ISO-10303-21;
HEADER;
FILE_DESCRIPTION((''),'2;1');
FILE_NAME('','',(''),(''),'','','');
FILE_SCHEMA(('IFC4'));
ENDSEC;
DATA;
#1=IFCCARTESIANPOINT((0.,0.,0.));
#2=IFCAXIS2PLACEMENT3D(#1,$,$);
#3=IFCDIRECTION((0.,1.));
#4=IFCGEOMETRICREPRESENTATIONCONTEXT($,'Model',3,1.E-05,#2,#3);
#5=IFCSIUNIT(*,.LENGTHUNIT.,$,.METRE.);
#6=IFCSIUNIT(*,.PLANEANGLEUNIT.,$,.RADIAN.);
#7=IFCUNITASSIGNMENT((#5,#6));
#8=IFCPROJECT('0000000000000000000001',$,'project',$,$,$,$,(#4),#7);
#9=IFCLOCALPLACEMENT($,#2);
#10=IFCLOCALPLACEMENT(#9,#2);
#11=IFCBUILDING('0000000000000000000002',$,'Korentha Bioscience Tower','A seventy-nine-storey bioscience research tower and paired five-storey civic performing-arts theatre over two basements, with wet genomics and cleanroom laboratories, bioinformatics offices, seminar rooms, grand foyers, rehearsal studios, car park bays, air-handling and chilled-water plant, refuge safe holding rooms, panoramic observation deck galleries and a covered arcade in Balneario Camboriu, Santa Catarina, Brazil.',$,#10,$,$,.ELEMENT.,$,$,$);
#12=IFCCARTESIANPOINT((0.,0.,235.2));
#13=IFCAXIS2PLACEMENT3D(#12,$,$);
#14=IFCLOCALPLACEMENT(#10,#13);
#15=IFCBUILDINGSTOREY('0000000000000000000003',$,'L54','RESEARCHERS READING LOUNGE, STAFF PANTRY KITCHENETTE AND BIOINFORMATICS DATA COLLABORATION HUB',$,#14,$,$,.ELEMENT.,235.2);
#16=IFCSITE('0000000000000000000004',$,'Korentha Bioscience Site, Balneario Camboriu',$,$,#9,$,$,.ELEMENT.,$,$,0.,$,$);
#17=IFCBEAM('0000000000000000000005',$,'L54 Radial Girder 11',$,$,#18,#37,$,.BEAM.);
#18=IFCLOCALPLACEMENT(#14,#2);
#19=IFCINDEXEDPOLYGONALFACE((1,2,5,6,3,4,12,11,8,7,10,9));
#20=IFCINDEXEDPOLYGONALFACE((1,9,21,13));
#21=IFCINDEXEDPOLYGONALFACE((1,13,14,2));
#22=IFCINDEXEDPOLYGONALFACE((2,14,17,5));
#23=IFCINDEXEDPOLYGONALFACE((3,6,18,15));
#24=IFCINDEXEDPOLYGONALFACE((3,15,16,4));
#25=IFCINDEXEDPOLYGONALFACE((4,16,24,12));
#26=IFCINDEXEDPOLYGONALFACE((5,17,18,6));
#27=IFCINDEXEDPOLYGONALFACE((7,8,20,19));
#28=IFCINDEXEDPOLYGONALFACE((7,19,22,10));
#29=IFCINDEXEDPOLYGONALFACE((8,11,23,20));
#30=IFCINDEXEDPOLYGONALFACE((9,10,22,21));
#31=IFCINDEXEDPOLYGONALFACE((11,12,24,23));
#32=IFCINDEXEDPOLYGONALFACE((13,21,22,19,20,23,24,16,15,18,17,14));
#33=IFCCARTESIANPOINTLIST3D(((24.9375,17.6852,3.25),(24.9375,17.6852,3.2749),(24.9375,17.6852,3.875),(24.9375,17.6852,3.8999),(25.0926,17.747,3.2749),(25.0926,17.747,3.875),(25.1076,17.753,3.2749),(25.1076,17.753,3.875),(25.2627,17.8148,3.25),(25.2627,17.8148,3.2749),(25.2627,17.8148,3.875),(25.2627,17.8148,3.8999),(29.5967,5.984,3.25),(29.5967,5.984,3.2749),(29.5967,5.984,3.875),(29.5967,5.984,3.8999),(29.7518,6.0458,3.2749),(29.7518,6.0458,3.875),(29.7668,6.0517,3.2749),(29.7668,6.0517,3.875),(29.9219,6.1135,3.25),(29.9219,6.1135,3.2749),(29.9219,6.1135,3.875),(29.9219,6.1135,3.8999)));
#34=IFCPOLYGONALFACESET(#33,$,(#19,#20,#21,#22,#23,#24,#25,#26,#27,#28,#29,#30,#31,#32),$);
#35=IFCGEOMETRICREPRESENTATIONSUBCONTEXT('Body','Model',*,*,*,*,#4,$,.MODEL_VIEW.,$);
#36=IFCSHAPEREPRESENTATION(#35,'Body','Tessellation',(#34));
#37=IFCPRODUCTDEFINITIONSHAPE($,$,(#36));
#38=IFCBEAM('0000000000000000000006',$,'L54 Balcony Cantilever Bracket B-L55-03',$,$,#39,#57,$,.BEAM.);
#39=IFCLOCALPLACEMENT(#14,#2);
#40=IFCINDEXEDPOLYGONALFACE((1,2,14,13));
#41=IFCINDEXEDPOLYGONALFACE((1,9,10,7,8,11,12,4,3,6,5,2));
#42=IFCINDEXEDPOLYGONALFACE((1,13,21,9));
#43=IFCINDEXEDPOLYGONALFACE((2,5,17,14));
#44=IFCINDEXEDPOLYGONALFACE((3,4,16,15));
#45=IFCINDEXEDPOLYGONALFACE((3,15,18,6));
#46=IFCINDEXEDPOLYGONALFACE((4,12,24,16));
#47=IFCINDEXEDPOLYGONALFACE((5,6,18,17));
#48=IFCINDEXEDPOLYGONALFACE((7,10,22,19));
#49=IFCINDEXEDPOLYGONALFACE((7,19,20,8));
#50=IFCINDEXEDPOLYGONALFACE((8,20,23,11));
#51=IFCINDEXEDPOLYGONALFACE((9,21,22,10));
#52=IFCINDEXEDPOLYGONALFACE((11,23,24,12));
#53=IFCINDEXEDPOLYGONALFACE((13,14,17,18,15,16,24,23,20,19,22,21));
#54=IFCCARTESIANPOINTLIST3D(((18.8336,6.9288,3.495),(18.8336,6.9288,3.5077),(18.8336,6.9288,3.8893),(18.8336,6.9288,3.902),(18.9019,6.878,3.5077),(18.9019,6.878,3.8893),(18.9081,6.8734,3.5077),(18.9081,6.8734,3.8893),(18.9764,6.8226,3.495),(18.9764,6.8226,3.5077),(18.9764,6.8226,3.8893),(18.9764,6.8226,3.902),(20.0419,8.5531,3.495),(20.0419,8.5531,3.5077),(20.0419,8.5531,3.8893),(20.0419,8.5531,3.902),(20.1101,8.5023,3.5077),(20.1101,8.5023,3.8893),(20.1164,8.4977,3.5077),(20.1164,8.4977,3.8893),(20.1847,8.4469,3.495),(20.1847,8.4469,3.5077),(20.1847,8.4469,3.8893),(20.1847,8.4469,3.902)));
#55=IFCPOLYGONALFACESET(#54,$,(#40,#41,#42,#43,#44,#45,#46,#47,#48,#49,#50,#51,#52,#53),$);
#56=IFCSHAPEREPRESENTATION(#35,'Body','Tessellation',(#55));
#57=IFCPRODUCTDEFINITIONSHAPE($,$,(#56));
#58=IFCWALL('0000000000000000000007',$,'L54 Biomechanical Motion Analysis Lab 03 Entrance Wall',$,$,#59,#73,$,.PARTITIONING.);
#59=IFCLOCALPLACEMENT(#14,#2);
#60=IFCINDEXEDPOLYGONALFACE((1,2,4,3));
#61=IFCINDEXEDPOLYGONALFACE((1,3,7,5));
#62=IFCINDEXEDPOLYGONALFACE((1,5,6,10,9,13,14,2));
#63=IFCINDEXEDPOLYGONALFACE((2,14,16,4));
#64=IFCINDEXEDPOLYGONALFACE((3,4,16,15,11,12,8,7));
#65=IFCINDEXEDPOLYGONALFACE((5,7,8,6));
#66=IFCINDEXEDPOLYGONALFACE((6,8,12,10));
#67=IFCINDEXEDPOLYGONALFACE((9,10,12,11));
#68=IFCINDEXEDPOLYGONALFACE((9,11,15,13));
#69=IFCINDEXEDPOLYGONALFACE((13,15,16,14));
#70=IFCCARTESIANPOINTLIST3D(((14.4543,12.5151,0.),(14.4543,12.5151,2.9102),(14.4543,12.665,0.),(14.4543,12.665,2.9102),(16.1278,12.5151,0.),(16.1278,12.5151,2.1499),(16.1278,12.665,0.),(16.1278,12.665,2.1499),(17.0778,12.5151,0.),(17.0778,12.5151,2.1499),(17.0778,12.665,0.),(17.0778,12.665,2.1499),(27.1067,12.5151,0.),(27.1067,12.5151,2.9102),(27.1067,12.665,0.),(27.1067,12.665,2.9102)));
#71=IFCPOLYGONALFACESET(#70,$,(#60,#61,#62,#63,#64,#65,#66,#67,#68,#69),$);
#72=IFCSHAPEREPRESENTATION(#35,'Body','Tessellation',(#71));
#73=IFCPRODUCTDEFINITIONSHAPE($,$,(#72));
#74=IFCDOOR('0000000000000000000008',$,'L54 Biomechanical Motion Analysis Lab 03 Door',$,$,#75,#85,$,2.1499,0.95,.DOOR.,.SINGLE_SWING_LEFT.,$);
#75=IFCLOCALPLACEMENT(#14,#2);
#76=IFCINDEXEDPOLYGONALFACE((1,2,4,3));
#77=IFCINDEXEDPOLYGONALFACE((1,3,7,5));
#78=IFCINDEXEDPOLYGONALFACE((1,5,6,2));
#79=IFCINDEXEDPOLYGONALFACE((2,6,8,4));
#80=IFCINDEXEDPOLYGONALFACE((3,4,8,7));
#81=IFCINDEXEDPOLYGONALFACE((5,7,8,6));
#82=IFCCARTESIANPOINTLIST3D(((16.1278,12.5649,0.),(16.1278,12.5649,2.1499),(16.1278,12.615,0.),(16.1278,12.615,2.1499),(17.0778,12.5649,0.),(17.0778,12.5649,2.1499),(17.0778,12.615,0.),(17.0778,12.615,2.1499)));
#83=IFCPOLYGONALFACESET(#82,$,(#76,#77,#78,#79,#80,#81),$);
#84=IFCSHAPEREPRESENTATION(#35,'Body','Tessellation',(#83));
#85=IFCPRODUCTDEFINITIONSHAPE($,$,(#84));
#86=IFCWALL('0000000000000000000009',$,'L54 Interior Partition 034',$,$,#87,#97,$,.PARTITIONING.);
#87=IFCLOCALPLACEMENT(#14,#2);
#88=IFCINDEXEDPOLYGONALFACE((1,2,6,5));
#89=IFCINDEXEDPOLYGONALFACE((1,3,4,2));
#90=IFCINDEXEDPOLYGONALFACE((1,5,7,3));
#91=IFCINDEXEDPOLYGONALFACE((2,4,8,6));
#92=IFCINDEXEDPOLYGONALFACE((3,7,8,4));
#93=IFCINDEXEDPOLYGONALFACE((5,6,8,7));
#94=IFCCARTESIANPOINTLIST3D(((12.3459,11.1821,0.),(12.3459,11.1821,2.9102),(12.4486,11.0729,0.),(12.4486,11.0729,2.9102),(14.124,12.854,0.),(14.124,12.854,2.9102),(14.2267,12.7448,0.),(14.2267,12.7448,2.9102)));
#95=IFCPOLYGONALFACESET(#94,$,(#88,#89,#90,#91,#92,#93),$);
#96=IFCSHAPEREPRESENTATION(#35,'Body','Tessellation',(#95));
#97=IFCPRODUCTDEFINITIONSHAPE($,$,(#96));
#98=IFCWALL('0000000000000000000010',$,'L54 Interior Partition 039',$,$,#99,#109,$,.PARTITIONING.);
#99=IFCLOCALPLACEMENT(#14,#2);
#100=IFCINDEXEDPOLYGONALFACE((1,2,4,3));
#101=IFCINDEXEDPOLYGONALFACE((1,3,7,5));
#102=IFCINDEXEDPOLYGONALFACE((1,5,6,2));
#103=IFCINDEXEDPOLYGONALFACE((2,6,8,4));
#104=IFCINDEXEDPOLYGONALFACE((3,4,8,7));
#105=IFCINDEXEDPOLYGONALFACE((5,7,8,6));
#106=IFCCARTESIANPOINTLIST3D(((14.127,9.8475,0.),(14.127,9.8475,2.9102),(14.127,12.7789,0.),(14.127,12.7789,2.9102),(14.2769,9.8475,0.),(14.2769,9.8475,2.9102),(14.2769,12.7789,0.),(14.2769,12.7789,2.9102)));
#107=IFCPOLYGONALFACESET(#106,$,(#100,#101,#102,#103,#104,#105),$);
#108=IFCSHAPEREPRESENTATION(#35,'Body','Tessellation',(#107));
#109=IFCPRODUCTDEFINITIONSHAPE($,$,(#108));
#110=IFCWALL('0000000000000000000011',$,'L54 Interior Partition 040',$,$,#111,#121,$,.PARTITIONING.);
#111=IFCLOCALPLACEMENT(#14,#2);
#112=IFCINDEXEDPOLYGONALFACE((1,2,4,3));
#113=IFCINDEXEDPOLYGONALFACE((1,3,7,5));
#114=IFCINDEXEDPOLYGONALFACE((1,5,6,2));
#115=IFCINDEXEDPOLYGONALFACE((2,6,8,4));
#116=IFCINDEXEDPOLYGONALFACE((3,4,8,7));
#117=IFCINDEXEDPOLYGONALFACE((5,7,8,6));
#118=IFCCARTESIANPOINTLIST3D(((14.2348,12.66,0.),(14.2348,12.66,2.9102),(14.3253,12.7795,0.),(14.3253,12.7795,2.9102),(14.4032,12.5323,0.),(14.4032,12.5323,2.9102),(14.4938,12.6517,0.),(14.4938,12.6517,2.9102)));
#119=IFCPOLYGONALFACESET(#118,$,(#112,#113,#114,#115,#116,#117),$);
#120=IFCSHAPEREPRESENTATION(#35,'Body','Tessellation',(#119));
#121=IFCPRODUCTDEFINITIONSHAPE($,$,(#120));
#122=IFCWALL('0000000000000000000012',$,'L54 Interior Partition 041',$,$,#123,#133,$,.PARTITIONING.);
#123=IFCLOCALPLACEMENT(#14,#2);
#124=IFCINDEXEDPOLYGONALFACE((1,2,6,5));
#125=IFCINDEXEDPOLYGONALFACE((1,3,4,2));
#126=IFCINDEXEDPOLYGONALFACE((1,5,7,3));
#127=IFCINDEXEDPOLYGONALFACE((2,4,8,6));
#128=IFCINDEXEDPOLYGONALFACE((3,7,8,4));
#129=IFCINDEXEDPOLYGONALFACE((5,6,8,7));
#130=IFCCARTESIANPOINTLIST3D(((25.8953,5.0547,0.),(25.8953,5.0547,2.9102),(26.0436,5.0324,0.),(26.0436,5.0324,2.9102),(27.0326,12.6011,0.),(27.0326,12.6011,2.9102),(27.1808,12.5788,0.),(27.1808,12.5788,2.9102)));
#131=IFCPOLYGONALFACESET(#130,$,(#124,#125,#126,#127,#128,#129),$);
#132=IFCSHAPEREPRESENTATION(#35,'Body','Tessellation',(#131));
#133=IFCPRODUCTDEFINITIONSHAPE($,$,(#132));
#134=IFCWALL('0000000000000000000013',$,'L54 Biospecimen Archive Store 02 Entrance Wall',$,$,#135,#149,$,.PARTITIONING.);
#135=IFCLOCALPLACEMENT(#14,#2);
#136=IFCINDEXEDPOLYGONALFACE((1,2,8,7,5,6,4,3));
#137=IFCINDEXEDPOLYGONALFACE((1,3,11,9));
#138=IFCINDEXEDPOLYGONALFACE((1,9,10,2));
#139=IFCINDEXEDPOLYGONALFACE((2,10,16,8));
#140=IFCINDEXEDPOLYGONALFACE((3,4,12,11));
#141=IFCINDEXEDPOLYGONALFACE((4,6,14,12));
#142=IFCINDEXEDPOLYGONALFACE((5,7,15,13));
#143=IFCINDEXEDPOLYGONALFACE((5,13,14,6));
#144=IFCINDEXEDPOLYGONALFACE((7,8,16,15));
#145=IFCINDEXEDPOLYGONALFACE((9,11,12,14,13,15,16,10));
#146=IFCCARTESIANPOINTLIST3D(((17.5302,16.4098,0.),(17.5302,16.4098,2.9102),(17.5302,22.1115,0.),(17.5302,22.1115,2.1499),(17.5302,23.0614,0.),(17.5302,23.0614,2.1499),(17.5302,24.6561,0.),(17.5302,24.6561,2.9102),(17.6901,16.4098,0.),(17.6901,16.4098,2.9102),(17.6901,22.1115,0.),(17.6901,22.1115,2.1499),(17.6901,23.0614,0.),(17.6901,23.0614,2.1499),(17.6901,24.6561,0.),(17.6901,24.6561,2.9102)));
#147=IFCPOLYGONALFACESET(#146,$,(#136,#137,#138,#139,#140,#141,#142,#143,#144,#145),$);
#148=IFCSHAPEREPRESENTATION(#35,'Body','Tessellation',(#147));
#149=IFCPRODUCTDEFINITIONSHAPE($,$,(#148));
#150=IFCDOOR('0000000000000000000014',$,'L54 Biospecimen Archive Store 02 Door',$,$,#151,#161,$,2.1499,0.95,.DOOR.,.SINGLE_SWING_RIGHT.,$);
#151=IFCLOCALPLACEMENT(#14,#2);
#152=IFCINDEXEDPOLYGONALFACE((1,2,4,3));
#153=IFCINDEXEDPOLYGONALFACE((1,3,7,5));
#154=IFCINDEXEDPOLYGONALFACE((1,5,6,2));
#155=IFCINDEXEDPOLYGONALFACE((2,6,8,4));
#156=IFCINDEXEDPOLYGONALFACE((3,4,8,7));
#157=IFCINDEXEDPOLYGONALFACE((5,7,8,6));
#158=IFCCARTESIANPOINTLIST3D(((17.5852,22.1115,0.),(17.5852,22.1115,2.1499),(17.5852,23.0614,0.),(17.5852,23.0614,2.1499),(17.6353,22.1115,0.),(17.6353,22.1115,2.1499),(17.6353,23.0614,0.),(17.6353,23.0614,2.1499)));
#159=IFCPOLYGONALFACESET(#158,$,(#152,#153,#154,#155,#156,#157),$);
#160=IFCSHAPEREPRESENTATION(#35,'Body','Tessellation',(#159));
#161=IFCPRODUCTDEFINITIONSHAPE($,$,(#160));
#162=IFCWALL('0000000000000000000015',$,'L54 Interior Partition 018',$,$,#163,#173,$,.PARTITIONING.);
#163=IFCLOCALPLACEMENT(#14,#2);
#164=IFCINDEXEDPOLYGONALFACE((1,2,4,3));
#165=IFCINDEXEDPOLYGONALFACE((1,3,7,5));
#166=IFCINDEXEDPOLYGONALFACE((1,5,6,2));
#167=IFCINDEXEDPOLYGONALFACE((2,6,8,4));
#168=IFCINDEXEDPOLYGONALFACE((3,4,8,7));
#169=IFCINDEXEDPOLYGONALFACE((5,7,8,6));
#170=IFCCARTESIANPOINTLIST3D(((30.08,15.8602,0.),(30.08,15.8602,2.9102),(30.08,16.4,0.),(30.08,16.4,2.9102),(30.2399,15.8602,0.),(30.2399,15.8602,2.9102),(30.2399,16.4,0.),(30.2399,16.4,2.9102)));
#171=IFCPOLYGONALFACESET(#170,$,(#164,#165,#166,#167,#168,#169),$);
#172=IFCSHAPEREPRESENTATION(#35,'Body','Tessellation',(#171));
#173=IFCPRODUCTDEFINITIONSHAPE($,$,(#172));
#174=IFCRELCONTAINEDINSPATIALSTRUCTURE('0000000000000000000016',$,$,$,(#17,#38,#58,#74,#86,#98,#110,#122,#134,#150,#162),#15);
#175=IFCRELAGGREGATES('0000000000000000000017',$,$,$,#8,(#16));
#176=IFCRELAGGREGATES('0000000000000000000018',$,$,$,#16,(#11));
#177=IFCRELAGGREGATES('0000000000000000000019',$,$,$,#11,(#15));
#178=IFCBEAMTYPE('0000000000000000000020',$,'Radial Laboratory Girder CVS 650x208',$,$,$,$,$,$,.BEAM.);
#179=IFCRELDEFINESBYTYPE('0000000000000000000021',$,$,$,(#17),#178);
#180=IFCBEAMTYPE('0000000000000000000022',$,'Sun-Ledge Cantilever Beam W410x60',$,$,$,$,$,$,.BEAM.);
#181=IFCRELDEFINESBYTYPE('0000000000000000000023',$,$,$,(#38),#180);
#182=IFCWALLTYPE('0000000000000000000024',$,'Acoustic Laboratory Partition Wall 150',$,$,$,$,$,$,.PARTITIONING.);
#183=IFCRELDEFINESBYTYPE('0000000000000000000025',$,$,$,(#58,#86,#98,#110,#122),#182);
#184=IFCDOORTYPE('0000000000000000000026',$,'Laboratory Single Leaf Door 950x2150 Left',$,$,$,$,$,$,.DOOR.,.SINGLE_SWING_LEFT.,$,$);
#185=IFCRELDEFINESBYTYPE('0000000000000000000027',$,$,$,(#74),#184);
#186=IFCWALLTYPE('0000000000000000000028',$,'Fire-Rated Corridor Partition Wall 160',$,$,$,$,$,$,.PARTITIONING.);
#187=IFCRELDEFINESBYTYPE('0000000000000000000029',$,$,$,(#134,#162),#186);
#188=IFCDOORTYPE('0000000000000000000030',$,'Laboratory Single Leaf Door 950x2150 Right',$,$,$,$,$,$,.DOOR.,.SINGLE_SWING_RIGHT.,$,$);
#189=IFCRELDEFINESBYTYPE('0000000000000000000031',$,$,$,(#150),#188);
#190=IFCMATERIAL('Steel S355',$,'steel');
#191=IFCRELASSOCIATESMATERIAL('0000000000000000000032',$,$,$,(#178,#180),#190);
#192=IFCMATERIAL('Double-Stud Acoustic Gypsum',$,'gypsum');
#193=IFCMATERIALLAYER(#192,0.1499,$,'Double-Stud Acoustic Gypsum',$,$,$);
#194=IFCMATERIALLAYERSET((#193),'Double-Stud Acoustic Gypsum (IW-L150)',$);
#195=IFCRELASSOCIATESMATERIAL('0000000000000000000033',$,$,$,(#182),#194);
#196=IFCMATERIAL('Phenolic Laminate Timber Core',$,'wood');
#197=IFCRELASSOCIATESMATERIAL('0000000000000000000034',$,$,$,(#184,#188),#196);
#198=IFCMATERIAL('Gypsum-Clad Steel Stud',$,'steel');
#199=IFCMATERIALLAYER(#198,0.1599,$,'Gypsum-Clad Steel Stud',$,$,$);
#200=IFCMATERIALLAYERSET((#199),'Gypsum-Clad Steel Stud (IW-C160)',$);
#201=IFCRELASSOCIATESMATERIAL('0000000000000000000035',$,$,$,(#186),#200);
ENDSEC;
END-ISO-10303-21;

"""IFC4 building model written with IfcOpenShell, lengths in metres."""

from ifc_helpers import new_model, si_unit, direction, frame, frame_2d, origin, origin_2d, place, context, subcontext, project, spatial, rectangle, i_section, extrude, material, layer, layer_set, material_profile, profile_set, type_object, element, fill, save


model = new_model("IFC4")

# Units and contexts
model_context = context("Model", 3, precision=1e-05, world=origin(), true_north=direction((0.0, 1.0)))
body_context = subcontext(model_context, "Body", "Model", "MODEL_VIEW")
ifc_project = project(units=[si_unit("LENGTHUNIT", "METRE"), si_unit("PLANEANGLEUNIT", "RADIAN")], contexts=[model_context])

# Site, building, storey
site_placement = place(None, origin())
site = spatial("IfcSite", under=ifc_project, at=site_placement, Name="Korentha Bioscience Site, Balneario Camboriu", CompositionType="ELEMENT", RefElevation=0.0)
building_placement = place(site_placement, origin())
building = spatial("IfcBuilding", under=site, at=building_placement, Name="Korentha Bioscience Tower", Description="A seventy-nine-storey bioscience research tower and paired five-storey civic performing-arts theatre over two basements, with wet genomics and cleanroom laboratories, bioinformatics offices, seminar rooms, grand foyers, rehearsal studios, car park bays, air-handling and chilled-water plant, refuge safe holding rooms, panoramic observation deck galleries and a covered arcade in Balneario Camboriu, Santa Catarina, Brazil.", CompositionType="ELEMENT")
storey_placement = place(building_placement, frame((0.0, 0.0, 235.2)))
storey = spatial("IfcBuildingStorey", under=building, at=storey_placement, Name="L54", Description="RESEARCHERS READING LOUNGE, STAFF PANTRY KITCHENETTE AND BIOINFORMATICS DATA COLLABORATION HUB", CompositionType="ELEMENT", Elevation=235.2)

# Beams
ifc_material_1 = material(Name="Steel S355", Category="steel")
ifc_material_profile_1 = material_profile(ifc_material_1, i_section(OverallWidth=0.3501, OverallDepth=0.6499, WebThickness=0.0161, FlangeThickness=0.0249, at=origin_2d()), Name="Steel S355")
ifc_profile_set_1 = profile_set([ifc_material_profile_1], Name="Steel S355 (RB-650)")
beam_type_1 = type_object("IfcBeamType", Name="Radial Laboratory Girder CVS 650x208", PredefinedType="BEAM", material=ifc_profile_set_1)
beam_1_placement = place(storey_placement, frame((25.1001, 17.75, 3.575), z_axis=(0.369933, -0.929058, 0.0), x_axis=(0.929058, 0.369933, 0.0)))
element("IfcBeam", 1, at=beam_1_placement, inside=storey, type_object=beam_type_1, Name="L54 Radial Girder 11", PredefinedType="BEAM", context=body_context, shape_type="SweptSolid", body=[
    extrude(i_section(OverallWidth=0.3501, OverallDepth=0.6499, WebThickness=0.0161, FlangeThickness=0.0249, at=origin_2d()), origin(), (0.0, 0.0, 1.0), 12.5947),
])
ifc_material_profile_2 = material_profile(ifc_material_1, i_section(OverallWidth=0.178, OverallDepth=0.407, WebThickness=0.0078, FlangeThickness=0.0127, at=origin_2d()), Name="Steel S355")
ifc_profile_set_2 = profile_set([ifc_material_profile_2], Name="Steel S355 (CB-410)")
beam_type_2 = type_object("IfcBeamType", Name="Sun-Ledge Cantilever Beam W410x60", PredefinedType="BEAM", material=ifc_profile_set_2)
beam_2_placement = place(storey_placement, frame((20.1133, 8.5, 3.6985), z_axis=(-0.59685, -0.802353, 0.0), x_axis=(0.802353, -0.59685, 0.0)))
element("IfcBeam", 2, at=beam_2_placement, inside=storey, type_object=beam_type_2, Name="L54 Balcony Cantilever Bracket B-L55-03", PredefinedType="BEAM", context=body_context, shape_type="SweptSolid", body=[
    extrude(i_section(OverallWidth=0.178, OverallDepth=0.407, WebThickness=0.0078, FlangeThickness=0.0127, at=origin_2d()), origin(), (0.0, 0.0, 1.0), 2.0244),
])

# Wall, opening, door
ifc_material_2 = material(Name="Double-Stud Acoustic Gypsum", Category="gypsum")
ifc_layer_1 = layer(ifc_material_2, 0.1499, Name="Double-Stud Acoustic Gypsum")
ifc_layer_set_1 = layer_set([ifc_layer_1], Name="Double-Stud Acoustic Gypsum (IW-L150)")
wall_type_1 = type_object("IfcWallType", Name="Acoustic Laboratory Partition Wall 150", PredefinedType="PARTITIONING", material=ifc_layer_set_1)
wall_1_placement = place(storey_placement, frame((14.4543, 12.5901, 0.0), z_axis=(0.0, 0.0, 1.0), x_axis=(1.0, 0.0, 0.0)))
wall_1 = element("IfcWall", 3, at=wall_1_placement, inside=storey, type_object=wall_type_1, Name="L54 Biomechanical Motion Analysis Lab 03 Entrance Wall", PredefinedType="PARTITIONING", context=body_context, shape_type="SweptSolid", body=[
    extrude(rectangle(XDim=12.6523, YDim=0.1499, at=frame_2d((6.3262, 0.0))), origin(), (0.0, 0.0, 1.0), 2.9102),
])
opening_1_placement = place(wall_1_placement, frame((1.6733, 0.0, 0.0)))
opening_1 = element("IfcOpeningElement", 4, at=opening_1_placement, cuts=wall_1, PredefinedType="OPENING", context=body_context, shape_type="SweptSolid", body=[
    extrude(rectangle(XDim=0.95, YDim=2.1499, at=frame_2d((0.4751, 1.075))), frame((0.0, 0.0898, 0.0), z_axis=(0.0, -1.0, 0.0), x_axis=(1.0, 0.0, 0.0)), (0.0, 0.0, 1.0), 0.1797),
])
ifc_material_3 = material(Name="Phenolic Laminate Timber Core", Category="wood")
door_type_1 = type_object("IfcDoorType", Name="Laboratory Single Leaf Door 950x2150 Left", OperationType="SINGLE_SWING_LEFT", PredefinedType="DOOR", material=ifc_material_3)
door_1_placement = place(opening_1_placement, origin())
door_1 = element("IfcDoor", 5, at=door_1_placement, inside=storey, type_object=door_type_1, Name="L54 Biomechanical Motion Analysis Lab 03 Door", OperationType="SINGLE_SWING_LEFT", OverallHeight=2.1499, OverallWidth=0.95, PredefinedType="DOOR", context=body_context, shape_type="SweptSolid", body=[
    extrude(rectangle(XDim=0.95, YDim=2.1499, at=frame_2d((0.4751, 1.075))), frame((0.0, 0.0249, 0.0), z_axis=(0.0, -1.0, 0.0), x_axis=(1.0, 0.0, 0.0)), (0.0, 0.0, 1.0), 0.05),
])
fill(opening_1, door_1)
door_type_2 = type_object("IfcDoorType", Name="Laboratory Single Leaf Door 950x2150 Right", OperationType="SINGLE_SWING_RIGHT", PredefinedType="DOOR", material=ifc_material_3)

# Walls
wall_2_placement = place(storey_placement, frame((14.1753, 12.7993, 0.0), z_axis=(0.0, 0.0, 1.0), x_axis=(-0.728529, -0.685015, 0.0)))
element("IfcWall", 6, at=wall_2_placement, inside=storey, type_object=wall_type_1, Name="L54 Interior Partition 034", PredefinedType="PARTITIONING", context=body_context, shape_type="SweptSolid", body=[
    extrude(rectangle(XDim=2.4407, YDim=0.1499, at=frame_2d((1.2202, 0.0))), origin(), (0.0, 0.0, 1.0), 2.9102),
])
wall_3_placement = place(storey_placement, frame((14.2019, 9.8474, 0.0), z_axis=(0.0, 0.0, 1.0), x_axis=(0.0, 1.0, 0.0)))
element("IfcWall", 7, at=wall_3_placement, inside=storey, type_object=wall_type_1, Name="L54 Interior Partition 039", PredefinedType="PARTITIONING", context=body_context, shape_type="SweptSolid", body=[
    extrude(rectangle(XDim=2.9314, YDim=0.1499, at=frame_2d((1.4658, 0.0))), origin(), (0.0, 0.0, 1.0), 2.9102),
])
wall_4_placement = place(storey_placement, frame((14.28, 12.7197, 0.0), z_axis=(0.0, 0.0, 1.0), x_axis=(0.796941, -0.604058, 0.0)))
element("IfcWall", 8, at=wall_4_placement, inside=storey, type_object=wall_type_1, Name="L54 Interior Partition 040", PredefinedType="PARTITIONING", context=body_context, shape_type="SweptSolid", body=[
    extrude(rectangle(XDim=0.2114, YDim=0.1499, at=frame_2d((0.1057, 0.0))), origin(), (0.0, 0.0, 1.0), 2.9102),
])
wall_5_placement = place(storey_placement, frame((27.1067, 12.5901, 0.0), z_axis=(0.0, 0.0, 1.0), x_axis=(-0.149013, -0.988835, 0.0)))
element("IfcWall", 9, at=wall_5_placement, inside=storey, type_object=wall_type_1, Name="L54 Interior Partition 041", PredefinedType="PARTITIONING", context=body_context, shape_type="SweptSolid", body=[
    extrude(rectangle(XDim=7.6316, YDim=0.1499, at=frame_2d((3.8159, 0.0))), origin(), (0.0, 0.0, 1.0), 2.9102),
])

# Wall, opening, door
ifc_material_4 = material(Name="Gypsum-Clad Steel Stud", Category="steel")
ifc_layer_2 = layer(ifc_material_4, 0.1599, Name="Gypsum-Clad Steel Stud")
ifc_layer_set_2 = layer_set([ifc_layer_2], Name="Gypsum-Clad Steel Stud (IW-C160)")
wall_type_2 = type_object("IfcWallType", Name="Fire-Rated Corridor Partition Wall 160", PredefinedType="PARTITIONING", material=ifc_layer_set_2)
wall_6_placement = place(storey_placement, frame((17.6101, 16.4099, 0.0), z_axis=(0.0, 0.0, 1.0), x_axis=(0.0, 1.0, 0.0)))
wall_6 = element("IfcWall", 10, at=wall_6_placement, inside=storey, type_object=wall_type_2, Name="L54 Biospecimen Archive Store 02 Entrance Wall", PredefinedType="PARTITIONING", context=body_context, shape_type="SweptSolid", body=[
    extrude(rectangle(XDim=8.2463, YDim=0.1599, at=frame_2d((4.123, 0.0))), origin(), (0.0, 0.0, 1.0), 2.9102),
])
opening_2_placement = place(wall_6_placement, frame((5.7014, 0.0, 0.0)))
opening_2 = element("IfcOpeningElement", 11, at=opening_2_placement, cuts=wall_6, PredefinedType="OPENING", context=body_context, shape_type="SweptSolid", body=[
    extrude(rectangle(XDim=0.95, YDim=2.1499, at=frame_2d((0.4751, 1.075))), frame((0.0, 0.0947, 0.0), z_axis=(0.0, -1.0, 0.0), x_axis=(1.0, 0.0, 0.0)), (0.0, 0.0, 1.0), 0.1897),
])
door_2_placement = place(opening_2_placement, origin())
door_2 = element("IfcDoor", 12, at=door_2_placement, inside=storey, type_object=door_type_2, Name="L54 Biospecimen Archive Store 02 Door", OperationType="SINGLE_SWING_RIGHT", OverallHeight=2.1499, OverallWidth=0.95, PredefinedType="DOOR", context=body_context, shape_type="SweptSolid", body=[
    extrude(rectangle(XDim=0.95, YDim=2.1499, at=frame_2d((0.4751, 1.075))), frame((0.0, 0.0249, 0.0), z_axis=(0.0, -1.0, 0.0), x_axis=(1.0, 0.0, 0.0)), (0.0, 0.0, 1.0), 0.05),
])
fill(opening_2, door_2)

# Wall
wall_7_placement = place(storey_placement, frame((30.1599, 15.8601, 0.0), z_axis=(0.0, 0.0, 1.0), x_axis=(0.0, 1.0, 0.0)))
element("IfcWall", 13, at=wall_7_placement, inside=storey, type_object=wall_type_2, Name="L54 Interior Partition 018", PredefinedType="PARTITIONING", context=body_context, shape_type="SweptSolid", body=[
    extrude(rectangle(XDim=0.5398, YDim=0.1599, at=frame_2d((0.27, 0.0))), origin(), (0.0, 0.0, 1.0), 2.9102),
])

save(model, "model.ifc")
